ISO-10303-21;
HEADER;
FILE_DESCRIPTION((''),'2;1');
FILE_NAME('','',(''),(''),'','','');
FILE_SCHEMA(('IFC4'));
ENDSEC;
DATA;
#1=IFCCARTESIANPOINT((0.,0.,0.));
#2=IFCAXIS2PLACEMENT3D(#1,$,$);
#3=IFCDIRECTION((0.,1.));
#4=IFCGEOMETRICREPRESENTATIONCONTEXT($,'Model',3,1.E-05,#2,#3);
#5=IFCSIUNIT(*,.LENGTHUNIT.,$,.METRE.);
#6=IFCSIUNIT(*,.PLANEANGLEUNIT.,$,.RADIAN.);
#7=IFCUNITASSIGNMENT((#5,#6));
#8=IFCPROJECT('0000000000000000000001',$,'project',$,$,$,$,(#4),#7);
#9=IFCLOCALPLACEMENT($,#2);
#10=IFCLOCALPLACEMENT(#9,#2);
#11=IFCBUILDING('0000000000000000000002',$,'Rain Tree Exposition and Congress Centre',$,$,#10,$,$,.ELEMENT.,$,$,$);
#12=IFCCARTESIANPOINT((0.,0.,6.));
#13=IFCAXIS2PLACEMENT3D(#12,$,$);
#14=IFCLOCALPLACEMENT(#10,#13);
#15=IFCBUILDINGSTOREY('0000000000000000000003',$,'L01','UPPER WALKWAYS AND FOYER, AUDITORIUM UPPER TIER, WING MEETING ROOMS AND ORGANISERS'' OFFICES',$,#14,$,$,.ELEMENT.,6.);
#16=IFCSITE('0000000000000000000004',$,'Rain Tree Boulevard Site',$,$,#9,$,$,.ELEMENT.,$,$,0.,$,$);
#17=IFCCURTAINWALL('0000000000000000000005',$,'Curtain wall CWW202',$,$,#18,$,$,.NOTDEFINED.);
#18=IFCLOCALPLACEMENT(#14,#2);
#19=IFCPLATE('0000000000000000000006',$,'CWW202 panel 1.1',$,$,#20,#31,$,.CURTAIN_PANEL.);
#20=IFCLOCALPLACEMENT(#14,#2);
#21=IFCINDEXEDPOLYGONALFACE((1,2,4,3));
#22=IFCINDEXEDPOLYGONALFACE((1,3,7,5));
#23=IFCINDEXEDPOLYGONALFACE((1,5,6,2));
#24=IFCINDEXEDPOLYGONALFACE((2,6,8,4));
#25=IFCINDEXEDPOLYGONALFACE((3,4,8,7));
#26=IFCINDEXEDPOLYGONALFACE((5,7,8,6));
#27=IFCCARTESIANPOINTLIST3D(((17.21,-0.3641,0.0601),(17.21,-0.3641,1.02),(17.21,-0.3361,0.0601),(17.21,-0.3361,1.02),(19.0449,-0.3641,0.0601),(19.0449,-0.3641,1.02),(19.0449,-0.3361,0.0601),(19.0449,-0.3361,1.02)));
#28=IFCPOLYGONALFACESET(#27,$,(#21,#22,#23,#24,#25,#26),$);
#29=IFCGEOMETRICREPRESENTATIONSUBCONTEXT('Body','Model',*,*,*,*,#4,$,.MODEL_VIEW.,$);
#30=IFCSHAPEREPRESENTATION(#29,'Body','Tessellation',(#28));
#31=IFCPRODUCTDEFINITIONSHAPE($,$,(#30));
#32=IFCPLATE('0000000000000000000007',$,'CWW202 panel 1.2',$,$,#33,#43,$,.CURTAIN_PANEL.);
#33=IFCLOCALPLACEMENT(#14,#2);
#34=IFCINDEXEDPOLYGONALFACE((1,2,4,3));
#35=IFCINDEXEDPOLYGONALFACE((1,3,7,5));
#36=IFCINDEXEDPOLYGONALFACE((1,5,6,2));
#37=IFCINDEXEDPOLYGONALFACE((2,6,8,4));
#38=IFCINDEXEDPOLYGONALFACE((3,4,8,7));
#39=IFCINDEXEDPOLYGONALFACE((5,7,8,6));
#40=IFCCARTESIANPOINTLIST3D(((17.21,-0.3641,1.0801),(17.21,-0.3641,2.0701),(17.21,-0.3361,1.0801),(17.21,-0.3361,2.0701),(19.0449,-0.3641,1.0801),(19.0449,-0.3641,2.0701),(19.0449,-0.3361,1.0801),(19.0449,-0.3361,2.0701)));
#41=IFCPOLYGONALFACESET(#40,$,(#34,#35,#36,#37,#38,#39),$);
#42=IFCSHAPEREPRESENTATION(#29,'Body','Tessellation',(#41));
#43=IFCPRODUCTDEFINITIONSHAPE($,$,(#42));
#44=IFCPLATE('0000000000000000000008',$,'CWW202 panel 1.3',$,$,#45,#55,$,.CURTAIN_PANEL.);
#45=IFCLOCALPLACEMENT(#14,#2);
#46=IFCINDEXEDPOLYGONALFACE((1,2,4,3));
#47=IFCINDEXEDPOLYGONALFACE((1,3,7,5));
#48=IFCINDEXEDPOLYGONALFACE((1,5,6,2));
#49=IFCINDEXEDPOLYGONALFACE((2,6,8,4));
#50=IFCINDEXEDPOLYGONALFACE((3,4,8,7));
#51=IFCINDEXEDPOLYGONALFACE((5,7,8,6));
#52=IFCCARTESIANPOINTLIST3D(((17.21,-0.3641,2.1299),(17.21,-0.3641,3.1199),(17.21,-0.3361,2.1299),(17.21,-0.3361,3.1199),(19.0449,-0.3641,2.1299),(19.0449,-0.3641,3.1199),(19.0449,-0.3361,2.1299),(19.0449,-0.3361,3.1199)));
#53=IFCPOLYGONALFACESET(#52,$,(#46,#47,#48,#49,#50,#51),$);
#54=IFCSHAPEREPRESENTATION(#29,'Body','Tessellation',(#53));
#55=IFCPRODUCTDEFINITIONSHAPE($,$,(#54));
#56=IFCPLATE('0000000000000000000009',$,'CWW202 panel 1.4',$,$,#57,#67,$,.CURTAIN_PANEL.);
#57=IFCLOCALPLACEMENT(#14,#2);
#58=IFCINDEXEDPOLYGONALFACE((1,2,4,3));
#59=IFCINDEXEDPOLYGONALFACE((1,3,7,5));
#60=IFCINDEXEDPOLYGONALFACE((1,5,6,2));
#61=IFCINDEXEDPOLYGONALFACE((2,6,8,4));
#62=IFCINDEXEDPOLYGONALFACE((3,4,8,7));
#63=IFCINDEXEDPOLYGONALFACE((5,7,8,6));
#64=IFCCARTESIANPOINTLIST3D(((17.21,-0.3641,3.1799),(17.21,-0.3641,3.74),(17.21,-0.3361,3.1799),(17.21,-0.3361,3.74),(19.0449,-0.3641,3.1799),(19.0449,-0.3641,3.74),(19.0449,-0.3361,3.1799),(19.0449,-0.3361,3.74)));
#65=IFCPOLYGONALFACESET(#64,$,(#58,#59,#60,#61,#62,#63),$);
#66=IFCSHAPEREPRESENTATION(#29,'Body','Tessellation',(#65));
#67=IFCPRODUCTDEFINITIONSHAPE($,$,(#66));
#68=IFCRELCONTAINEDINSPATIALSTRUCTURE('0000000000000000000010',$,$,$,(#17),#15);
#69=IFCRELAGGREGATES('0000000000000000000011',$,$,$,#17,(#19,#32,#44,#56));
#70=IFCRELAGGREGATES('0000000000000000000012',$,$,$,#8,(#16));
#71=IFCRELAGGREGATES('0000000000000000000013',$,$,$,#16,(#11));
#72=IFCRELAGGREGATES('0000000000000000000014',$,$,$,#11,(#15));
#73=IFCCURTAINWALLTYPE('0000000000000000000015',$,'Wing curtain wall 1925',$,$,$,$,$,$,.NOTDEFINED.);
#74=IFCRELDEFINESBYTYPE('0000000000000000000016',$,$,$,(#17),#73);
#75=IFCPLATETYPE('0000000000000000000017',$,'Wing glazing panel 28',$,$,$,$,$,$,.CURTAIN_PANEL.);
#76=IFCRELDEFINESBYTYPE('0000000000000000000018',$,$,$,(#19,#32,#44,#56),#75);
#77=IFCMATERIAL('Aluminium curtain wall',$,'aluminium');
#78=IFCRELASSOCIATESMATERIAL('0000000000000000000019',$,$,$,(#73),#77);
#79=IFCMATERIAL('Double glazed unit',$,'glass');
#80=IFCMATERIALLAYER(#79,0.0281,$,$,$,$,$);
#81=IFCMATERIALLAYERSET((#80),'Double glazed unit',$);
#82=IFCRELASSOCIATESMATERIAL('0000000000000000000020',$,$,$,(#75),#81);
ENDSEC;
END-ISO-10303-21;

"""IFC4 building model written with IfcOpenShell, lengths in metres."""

from ifc_helpers import new_model, si_unit, direction, frame, origin, origin_2d, place, context, subcontext, project, spatial, rectangle, extrude, material, layer, layer_set, type_object, element, aggregate, save


model = new_model("IFC4")

# Units and contexts
model_context = context("Model", 3, precision=1e-05, world=origin(), true_north=direction((0.0, 1.0)))
body_context = subcontext(model_context, "Body", "Model", "MODEL_VIEW")
ifc_project = project(units=[si_unit("LENGTHUNIT", "METRE"), si_unit("PLANEANGLEUNIT", "RADIAN")], contexts=[model_context])

# Site, building, storey
site_placement = place(None, origin())
site = spatial("IfcSite", under=ifc_project, at=site_placement, Name="Rain Tree Boulevard Site", CompositionType="ELEMENT", RefElevation=0.0)
building_placement = place(site_placement, origin())
building = spatial("IfcBuilding", under=site, at=building_placement, Name="Rain Tree Exposition and Congress Centre", CompositionType="ELEMENT")
storey_placement = place(building_placement, frame((0.0, 0.0, 6.0)))
storey = spatial("IfcBuildingStorey", under=building, at=storey_placement, Name="L01", Description="UPPER WALKWAYS AND FOYER, AUDITORIUM UPPER TIER, WING MEETING ROOMS AND ORGANISERS' OFFICES", CompositionType="ELEMENT", Elevation=6.0)

# Curtain wall
ifc_material_1 = material(Name="Aluminium curtain wall", Category="aluminium")
curtain_wall_type = type_object("IfcCurtainWallType", Name="Wing curtain wall 1925", PredefinedType="NOTDEFINED", material=ifc_material_1)
curtain_wall_1_placement = place(storey_placement, origin())
curtain_wall_1 = element("IfcCurtainWall", 1, at=curtain_wall_1_placement, inside=storey, type_object=curtain_wall_type, Name="Curtain wall CWW202", PredefinedType="NOTDEFINED")

# Plates
ifc_material_2 = material(Name="Double glazed unit", Category="glass")
ifc_layer = layer(ifc_material_2, 0.0281)
ifc_layer_set = layer_set([ifc_layer], Name="Double glazed unit")
plate_type = type_object("IfcPlateType", Name="Wing glazing panel 28", PredefinedType="CURTAIN_PANEL", material=ifc_layer_set)
plate_1_placement = place(storey_placement, frame((18.1274, -0.3501, 0.0601), z_axis=(0.0, 0.0, 1.0), x_axis=(1.0, 0.0, 0.0)))
plate_1 = element("IfcPlate", 2, at=plate_1_placement, type_object=plate_type, Name="CWW202 panel 1.1", PredefinedType="CURTAIN_PANEL", context=body_context, shape_type="SweptSolid", body=[
    extrude(rectangle(XDim=1.835, YDim=0.0281, at=origin_2d()), origin(), (0.0, 0.0, 1.0), 0.96),
])
plate_2_placement = place(storey_placement, frame((18.1274, -0.3501, 1.0801), z_axis=(0.0, 0.0, 1.0), x_axis=(1.0, 0.0, 0.0)))
plate_2 = element("IfcPlate", 3, at=plate_2_placement, type_object=plate_type, Name="CWW202 panel 1.2", PredefinedType="CURTAIN_PANEL", context=body_context, shape_type="SweptSolid", body=[
    extrude(rectangle(XDim=1.835, YDim=0.0281, at=origin_2d()), origin(), (0.0, 0.0, 1.0), 0.99),
])
plate_3_placement = place(storey_placement, frame((18.1274, -0.3501, 2.1299), z_axis=(0.0, 0.0, 1.0), x_axis=(1.0, 0.0, 0.0)))
plate_3 = element("IfcPlate", 4, at=plate_3_placement, type_object=plate_type, Name="CWW202 panel 1.3", PredefinedType="CURTAIN_PANEL", context=body_context, shape_type="SweptSolid", body=[
    extrude(rectangle(XDim=1.835, YDim=0.0281, at=origin_2d()), origin(), (0.0, 0.0, 1.0), 0.99),
])
plate_4_placement = place(storey_placement, frame((18.1274, -0.3501, 3.1799), z_axis=(0.0, 0.0, 1.0), x_axis=(1.0, 0.0, 0.0)))
plate_4 = element("IfcPlate", 5, at=plate_4_placement, type_object=plate_type, Name="CWW202 panel 1.4", PredefinedType="CURTAIN_PANEL", context=body_context, shape_type="SweptSolid", body=[
    extrude(rectangle(XDim=1.835, YDim=0.0281, at=origin_2d()), origin(), (0.0, 0.0, 1.0), 0.5601),
])
aggregate(curtain_wall_1, [plate_1, plate_2, plate_3, plate_4])

save(model, "model.ifc")
